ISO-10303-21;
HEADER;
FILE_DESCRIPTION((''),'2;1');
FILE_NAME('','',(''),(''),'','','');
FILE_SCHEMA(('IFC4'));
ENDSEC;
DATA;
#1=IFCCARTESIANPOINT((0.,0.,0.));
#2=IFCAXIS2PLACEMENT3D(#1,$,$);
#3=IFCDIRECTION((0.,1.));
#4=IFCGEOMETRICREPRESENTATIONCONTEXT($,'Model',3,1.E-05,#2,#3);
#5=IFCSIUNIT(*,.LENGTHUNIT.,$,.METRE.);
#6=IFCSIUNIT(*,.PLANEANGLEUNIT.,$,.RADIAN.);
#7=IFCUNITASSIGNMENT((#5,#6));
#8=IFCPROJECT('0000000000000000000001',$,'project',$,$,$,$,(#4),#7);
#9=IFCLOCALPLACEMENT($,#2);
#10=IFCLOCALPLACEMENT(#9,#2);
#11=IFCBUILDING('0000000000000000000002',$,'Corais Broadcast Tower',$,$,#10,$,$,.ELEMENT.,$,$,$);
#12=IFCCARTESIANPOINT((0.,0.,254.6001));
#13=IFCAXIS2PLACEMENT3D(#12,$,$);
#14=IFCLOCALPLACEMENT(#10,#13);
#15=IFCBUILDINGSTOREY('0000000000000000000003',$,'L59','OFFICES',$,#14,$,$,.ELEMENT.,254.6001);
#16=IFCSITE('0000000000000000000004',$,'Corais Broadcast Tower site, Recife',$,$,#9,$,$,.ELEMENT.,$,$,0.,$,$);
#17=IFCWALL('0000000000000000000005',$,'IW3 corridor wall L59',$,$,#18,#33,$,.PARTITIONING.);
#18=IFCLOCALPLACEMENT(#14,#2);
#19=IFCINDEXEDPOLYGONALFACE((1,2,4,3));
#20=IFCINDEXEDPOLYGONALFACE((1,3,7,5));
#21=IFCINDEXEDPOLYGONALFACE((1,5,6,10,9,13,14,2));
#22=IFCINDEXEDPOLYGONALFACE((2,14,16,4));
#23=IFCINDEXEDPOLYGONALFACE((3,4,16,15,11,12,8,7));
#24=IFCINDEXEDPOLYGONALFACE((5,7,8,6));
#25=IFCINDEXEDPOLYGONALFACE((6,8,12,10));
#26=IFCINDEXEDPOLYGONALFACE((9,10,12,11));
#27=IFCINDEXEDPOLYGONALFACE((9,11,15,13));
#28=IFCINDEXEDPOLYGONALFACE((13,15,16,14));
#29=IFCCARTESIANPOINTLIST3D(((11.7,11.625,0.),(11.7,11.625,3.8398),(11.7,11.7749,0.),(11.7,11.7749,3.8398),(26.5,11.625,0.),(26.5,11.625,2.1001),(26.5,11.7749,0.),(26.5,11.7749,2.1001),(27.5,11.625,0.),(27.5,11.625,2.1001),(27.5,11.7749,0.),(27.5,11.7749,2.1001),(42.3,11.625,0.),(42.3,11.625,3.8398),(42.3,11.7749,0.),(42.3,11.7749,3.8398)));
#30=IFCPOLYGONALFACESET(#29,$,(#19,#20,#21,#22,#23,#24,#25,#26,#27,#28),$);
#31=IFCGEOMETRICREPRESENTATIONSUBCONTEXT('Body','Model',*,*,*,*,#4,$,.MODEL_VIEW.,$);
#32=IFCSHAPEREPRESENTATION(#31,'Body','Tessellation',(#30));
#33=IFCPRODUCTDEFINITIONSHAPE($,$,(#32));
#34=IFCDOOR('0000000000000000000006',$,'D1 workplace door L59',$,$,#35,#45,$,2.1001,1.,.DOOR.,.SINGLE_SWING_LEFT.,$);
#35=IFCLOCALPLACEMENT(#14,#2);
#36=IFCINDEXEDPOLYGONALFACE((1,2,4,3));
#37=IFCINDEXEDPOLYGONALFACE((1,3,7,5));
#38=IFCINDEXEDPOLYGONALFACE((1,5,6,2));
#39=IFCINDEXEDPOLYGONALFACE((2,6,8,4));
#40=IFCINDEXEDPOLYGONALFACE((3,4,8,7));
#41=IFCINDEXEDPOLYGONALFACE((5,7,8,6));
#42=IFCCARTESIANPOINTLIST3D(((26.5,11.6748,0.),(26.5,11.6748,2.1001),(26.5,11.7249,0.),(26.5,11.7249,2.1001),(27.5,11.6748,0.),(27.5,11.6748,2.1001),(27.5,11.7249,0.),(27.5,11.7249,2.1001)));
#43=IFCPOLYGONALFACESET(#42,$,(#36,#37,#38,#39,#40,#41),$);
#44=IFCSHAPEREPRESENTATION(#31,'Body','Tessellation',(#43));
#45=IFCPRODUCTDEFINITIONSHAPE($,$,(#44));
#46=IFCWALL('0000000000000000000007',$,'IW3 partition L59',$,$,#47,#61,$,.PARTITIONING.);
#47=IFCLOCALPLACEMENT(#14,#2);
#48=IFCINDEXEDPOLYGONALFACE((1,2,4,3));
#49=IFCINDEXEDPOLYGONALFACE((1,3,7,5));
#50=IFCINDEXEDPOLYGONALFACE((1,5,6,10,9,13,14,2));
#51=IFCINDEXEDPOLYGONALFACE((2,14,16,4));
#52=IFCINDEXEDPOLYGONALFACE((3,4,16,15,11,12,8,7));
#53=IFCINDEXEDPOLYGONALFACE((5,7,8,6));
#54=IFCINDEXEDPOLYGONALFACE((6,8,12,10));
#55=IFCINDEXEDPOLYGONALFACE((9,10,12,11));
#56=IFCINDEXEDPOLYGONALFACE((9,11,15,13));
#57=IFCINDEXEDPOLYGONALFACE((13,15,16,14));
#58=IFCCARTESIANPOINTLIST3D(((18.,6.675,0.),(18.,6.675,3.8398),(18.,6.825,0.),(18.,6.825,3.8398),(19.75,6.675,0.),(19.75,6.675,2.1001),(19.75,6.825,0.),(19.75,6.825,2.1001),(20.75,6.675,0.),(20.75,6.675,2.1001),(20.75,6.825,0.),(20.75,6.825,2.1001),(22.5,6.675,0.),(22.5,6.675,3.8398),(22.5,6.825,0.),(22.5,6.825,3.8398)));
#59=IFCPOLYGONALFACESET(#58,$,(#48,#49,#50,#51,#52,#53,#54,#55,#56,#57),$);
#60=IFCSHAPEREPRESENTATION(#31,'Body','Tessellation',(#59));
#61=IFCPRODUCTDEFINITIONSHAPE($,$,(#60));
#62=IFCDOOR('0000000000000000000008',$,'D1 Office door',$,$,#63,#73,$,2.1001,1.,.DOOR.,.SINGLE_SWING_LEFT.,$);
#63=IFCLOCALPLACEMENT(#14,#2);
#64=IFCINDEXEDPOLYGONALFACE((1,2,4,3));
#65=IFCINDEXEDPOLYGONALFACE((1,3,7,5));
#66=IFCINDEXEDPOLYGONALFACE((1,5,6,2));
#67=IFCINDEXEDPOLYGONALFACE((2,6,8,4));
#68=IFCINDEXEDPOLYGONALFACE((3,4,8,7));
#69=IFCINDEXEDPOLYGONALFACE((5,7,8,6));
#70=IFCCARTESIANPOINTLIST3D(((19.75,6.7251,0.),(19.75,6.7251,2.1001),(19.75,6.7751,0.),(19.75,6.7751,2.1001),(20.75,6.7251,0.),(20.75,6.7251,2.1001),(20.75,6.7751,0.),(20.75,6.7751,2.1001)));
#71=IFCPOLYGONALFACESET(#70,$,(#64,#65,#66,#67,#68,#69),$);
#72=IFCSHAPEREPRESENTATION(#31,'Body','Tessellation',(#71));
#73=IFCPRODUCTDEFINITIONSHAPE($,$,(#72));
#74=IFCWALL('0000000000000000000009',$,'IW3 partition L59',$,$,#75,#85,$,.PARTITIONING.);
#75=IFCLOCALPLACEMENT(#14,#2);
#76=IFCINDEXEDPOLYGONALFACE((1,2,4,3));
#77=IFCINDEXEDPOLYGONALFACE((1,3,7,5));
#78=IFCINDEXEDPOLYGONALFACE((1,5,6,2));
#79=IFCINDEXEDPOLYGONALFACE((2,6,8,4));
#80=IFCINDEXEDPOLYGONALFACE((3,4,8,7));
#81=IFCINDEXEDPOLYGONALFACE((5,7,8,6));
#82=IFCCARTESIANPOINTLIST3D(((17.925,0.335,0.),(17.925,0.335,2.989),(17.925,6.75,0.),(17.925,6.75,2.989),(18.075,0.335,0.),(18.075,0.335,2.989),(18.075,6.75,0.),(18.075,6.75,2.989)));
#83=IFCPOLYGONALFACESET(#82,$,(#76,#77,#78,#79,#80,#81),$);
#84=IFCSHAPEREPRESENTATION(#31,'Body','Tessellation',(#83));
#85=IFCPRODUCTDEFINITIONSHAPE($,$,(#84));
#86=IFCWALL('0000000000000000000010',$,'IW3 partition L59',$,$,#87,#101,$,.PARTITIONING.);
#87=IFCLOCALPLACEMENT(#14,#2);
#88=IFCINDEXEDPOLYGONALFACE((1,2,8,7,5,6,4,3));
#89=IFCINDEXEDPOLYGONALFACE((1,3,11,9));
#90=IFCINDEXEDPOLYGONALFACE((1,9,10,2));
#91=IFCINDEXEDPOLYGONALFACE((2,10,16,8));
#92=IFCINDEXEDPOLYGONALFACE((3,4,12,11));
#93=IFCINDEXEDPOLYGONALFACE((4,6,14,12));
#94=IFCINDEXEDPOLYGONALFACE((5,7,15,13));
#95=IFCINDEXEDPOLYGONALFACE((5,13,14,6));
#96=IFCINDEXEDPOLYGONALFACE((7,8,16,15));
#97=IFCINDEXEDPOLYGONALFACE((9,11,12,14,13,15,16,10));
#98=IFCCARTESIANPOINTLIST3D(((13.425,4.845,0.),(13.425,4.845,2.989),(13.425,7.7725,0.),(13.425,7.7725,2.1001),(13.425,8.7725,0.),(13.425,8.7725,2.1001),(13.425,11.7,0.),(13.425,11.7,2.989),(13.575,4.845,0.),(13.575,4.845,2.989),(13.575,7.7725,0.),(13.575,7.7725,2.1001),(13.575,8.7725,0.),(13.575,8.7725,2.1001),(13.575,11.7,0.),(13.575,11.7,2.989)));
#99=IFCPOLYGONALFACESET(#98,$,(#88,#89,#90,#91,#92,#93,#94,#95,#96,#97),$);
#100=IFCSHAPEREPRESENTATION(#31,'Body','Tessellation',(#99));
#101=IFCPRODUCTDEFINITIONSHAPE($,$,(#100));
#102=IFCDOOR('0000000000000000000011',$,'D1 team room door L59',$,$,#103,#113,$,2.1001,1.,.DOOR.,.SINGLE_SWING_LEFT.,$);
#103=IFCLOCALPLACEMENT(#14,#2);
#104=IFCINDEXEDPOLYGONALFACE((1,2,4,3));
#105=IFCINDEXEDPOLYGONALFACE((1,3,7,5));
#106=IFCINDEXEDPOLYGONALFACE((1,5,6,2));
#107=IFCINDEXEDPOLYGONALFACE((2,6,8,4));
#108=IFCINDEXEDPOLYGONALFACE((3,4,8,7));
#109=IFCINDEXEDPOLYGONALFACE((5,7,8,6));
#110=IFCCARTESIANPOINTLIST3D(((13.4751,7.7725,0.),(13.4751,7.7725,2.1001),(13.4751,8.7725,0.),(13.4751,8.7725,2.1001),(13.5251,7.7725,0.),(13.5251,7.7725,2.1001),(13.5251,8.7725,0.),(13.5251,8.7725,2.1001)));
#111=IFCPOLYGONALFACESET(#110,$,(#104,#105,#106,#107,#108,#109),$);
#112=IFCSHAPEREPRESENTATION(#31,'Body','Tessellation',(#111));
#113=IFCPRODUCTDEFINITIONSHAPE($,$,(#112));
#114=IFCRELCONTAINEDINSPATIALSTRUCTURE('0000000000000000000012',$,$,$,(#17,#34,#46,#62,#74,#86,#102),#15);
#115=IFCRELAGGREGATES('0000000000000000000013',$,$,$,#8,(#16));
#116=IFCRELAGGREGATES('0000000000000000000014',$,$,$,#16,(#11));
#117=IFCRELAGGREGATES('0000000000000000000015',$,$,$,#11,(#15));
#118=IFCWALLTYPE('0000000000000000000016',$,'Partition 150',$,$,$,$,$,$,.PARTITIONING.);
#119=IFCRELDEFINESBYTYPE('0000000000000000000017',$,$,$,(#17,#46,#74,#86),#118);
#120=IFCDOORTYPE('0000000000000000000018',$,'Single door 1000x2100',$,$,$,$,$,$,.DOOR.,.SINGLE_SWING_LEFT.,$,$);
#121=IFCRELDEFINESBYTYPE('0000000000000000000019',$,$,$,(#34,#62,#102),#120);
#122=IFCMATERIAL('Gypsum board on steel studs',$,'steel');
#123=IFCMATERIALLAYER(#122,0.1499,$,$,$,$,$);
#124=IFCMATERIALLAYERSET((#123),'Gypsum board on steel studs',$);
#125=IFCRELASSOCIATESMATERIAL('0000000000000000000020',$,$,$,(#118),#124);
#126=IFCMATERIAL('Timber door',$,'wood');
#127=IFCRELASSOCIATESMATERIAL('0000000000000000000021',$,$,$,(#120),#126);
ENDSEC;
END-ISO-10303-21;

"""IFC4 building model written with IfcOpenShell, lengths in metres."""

from ifc_helpers import new_model, si_unit, direction, frame, frame_2d, origin, place, context, subcontext, project, spatial, rectangle, extrude, material, layer, layer_set, type_object, element, fill, save


model = new_model("IFC4")

# Units and contexts
model_context = context("Model", 3, precision=1e-05, world=origin(), true_north=direction((0.0, 1.0)))
body_context = subcontext(model_context, "Body", "Model", "MODEL_VIEW")
ifc_project = project(units=[si_unit("LENGTHUNIT", "METRE"), si_unit("PLANEANGLEUNIT", "RADIAN")], contexts=[model_context])

# Site, building, storey
site_placement = place(None, origin())
site = spatial("IfcSite", under=ifc_project, at=site_placement, Name="Corais Broadcast Tower site, Recife", CompositionType="ELEMENT", RefElevation=0.0)
building_placement = place(site_placement, origin())
building = spatial("IfcBuilding", under=site, at=building_placement, Name="Corais Broadcast Tower", CompositionType="ELEMENT")
storey_placement = place(building_placement, frame((0.0, 0.0, 254.6001)))
storey = spatial("IfcBuildingStorey", under=building, at=storey_placement, Name="L59", Description="OFFICES", CompositionType="ELEMENT", Elevation=254.6001)

# Walls, openings, doors
ifc_material_1 = material(Name="Gypsum board on steel studs", Category="steel")
ifc_layer_1 = layer(ifc_material_1, 0.1499)
ifc_layer_set_1 = layer_set([ifc_layer_1], Name="Gypsum board on steel studs")
wall_type = type_object("IfcWallType", Name="Partition 150", PredefinedType="PARTITIONING", material=ifc_layer_set_1)
wall_1_placement = place(storey_placement, frame((11.7, 11.7, 0.0), z_axis=(0.0, 0.0, 1.0), x_axis=(1.0, 0.0, 0.0)))
wall_1 = element("IfcWall", 1, at=wall_1_placement, inside=storey, type_object=wall_type, Name="IW3 corridor wall L59", PredefinedType="PARTITIONING", context=body_context, shape_type="SweptSolid", body=[
    extrude(rectangle(XDim=30.6001, YDim=0.1499, at=frame_2d((15.3, 0.0))), origin(), (0.0, 0.0, 1.0), 3.8398),
])
opening_1_placement = place(wall_1_placement, frame((14.8, 0.0, 0.0)))
opening_1 = element("IfcOpeningElement", 2, at=opening_1_placement, cuts=wall_1, PredefinedType="OPENING", context=body_context, shape_type="SweptSolid", body=[
    extrude(rectangle(XDim=1.0, YDim=2.1001, at=frame_2d((0.5, 1.05))), frame((0.0, 0.085, 0.0), z_axis=(0.0, -1.0, 0.0), x_axis=(1.0, 0.0, 0.0)), (0.0, 0.0, 1.0), 0.1699),
])
ifc_material_2 = material(Name="Timber door", Category="wood")
door_type = type_object("IfcDoorType", Name="Single door 1000x2100", OperationType="SINGLE_SWING_LEFT", PredefinedType="DOOR", material=ifc_material_2)
door_1_placement = place(opening_1_placement, origin())
door_1 = element("IfcDoor", 3, at=door_1_placement, inside=storey, type_object=door_type, Name="D1 workplace door L59", OperationType="SINGLE_SWING_LEFT", OverallHeight=2.1001, OverallWidth=1.0, PredefinedType="DOOR", context=body_context, shape_type="SweptSolid", body=[
    extrude(rectangle(XDim=1.0, YDim=2.1001, at=frame_2d((0.5, 1.05))), frame((0.0, 0.0249, 0.0), z_axis=(0.0, -1.0, 0.0), x_axis=(1.0, 0.0, 0.0)), (0.0, 0.0, 1.0), 0.05),
])
fill(opening_1, door_1)
wall_2_placement = place(storey_placement, frame((22.5, 6.75, 0.0), z_axis=(0.0, 0.0, 1.0), x_axis=(-1.0, 0.0, 0.0)))
wall_2 = element("IfcWall", 4, at=wall_2_placement, inside=storey, type_object=wall_type, Name="IW3 partition L59", PredefinedType="PARTITIONING", context=body_context, shape_type="SweptSolid", body=[
    extrude(rectangle(XDim=4.5, YDim=0.1499, at=frame_2d((2.25, 0.0))), origin(), (0.0, 0.0, 1.0), 3.8398),
])
opening_2_placement = place(wall_2_placement, frame((1.75, 0.0, 0.0)))
opening_2 = element("IfcOpeningElement", 5, at=opening_2_placement, cuts=wall_2, PredefinedType="OPENING", context=body_context, shape_type="SweptSolid", body=[
    extrude(rectangle(XDim=1.0, YDim=2.1001, at=frame_2d((0.5, 1.05))), frame((0.0, 0.085, 0.0), z_axis=(0.0, -1.0, 0.0), x_axis=(1.0, 0.0, 0.0)), (0.0, 0.0, 1.0), 0.1699),
])
door_2_placement = place(opening_2_placement, origin())
door_2 = element("IfcDoor", 6, at=door_2_placement, inside=storey, type_object=door_type, Name="D1 Office door", OperationType="SINGLE_SWING_LEFT", OverallHeight=2.1001, OverallWidth=1.0, PredefinedType="DOOR", context=body_context, shape_type="SweptSolid", body=[
    extrude(rectangle(XDim=1.0, YDim=2.1001, at=frame_2d((0.5, 1.05))), frame((0.0, 0.0249, 0.0), z_axis=(0.0, -1.0, 0.0), x_axis=(1.0, 0.0, 0.0)), (0.0, 0.0, 1.0), 0.05),
])
fill(opening_2, door_2)

# Wall
wall_3_placement = place(storey_placement, frame((18.0, 6.75, 0.0), z_axis=(0.0, 0.0, 1.0), x_axis=(0.0, -1.0, 0.0)))
element("IfcWall", 7, at=wall_3_placement, inside=storey, type_object=wall_type, Name="IW3 partition L59", PredefinedType="PARTITIONING", context=body_context, shape_type="SweptSolid", body=[
    extrude(rectangle(XDim=6.415, YDim=0.1499, at=frame_2d((3.2075, 0.0))), origin(), (0.0, 0.0, 1.0), 2.989),
])

# Wall, opening, door
wall_4_placement = place(storey_placement, frame((13.5, 4.845, 0.0), z_axis=(0.0, 0.0, 1.0), x_axis=(0.0, 1.0, 0.0)))
wall_4 = element("IfcWall", 8, at=wall_4_placement, inside=storey, type_object=wall_type, Name="IW3 partition L59", PredefinedType="PARTITIONING", context=body_context, shape_type="SweptSolid", body=[
    extrude(rectangle(XDim=6.855, YDim=0.1499, at=frame_2d((3.4275, 0.0))), origin(), (0.0, 0.0, 1.0), 2.989),
])
opening_3_placement = place(wall_4_placement, frame((2.9275, 0.0, 0.0)))
opening_3 = element("IfcOpeningElement", 9, at=opening_3_placement, cuts=wall_4, PredefinedType="OPENING", context=body_context, shape_type="SweptSolid", body=[
    extrude(rectangle(XDim=1.0, YDim=2.1001, at=frame_2d((0.5, 1.05))), frame((0.0, 0.085, 0.0), z_axis=(0.0, -1.0, 0.0), x_axis=(1.0, 0.0, 0.0)), (0.0, 0.0, 1.0), 0.1699),
])
door_3_placement = place(opening_3_placement, origin())
door_3 = element("IfcDoor", 10, at=door_3_placement, inside=storey, type_object=door_type, Name="D1 team room door L59", OperationType="SINGLE_SWING_LEFT", OverallHeight=2.1001, OverallWidth=1.0, PredefinedType="DOOR", context=body_context, shape_type="SweptSolid", body=[
    extrude(rectangle(XDim=1.0, YDim=2.1001, at=frame_2d((0.5, 1.05))), frame((0.0, 0.0249, 0.0), z_axis=(0.0, -1.0, 0.0), x_axis=(1.0, 0.0, 0.0)), (0.0, 0.0, 1.0), 0.05),
])
fill(opening_3, door_3)

save(model, "model.ifc")
